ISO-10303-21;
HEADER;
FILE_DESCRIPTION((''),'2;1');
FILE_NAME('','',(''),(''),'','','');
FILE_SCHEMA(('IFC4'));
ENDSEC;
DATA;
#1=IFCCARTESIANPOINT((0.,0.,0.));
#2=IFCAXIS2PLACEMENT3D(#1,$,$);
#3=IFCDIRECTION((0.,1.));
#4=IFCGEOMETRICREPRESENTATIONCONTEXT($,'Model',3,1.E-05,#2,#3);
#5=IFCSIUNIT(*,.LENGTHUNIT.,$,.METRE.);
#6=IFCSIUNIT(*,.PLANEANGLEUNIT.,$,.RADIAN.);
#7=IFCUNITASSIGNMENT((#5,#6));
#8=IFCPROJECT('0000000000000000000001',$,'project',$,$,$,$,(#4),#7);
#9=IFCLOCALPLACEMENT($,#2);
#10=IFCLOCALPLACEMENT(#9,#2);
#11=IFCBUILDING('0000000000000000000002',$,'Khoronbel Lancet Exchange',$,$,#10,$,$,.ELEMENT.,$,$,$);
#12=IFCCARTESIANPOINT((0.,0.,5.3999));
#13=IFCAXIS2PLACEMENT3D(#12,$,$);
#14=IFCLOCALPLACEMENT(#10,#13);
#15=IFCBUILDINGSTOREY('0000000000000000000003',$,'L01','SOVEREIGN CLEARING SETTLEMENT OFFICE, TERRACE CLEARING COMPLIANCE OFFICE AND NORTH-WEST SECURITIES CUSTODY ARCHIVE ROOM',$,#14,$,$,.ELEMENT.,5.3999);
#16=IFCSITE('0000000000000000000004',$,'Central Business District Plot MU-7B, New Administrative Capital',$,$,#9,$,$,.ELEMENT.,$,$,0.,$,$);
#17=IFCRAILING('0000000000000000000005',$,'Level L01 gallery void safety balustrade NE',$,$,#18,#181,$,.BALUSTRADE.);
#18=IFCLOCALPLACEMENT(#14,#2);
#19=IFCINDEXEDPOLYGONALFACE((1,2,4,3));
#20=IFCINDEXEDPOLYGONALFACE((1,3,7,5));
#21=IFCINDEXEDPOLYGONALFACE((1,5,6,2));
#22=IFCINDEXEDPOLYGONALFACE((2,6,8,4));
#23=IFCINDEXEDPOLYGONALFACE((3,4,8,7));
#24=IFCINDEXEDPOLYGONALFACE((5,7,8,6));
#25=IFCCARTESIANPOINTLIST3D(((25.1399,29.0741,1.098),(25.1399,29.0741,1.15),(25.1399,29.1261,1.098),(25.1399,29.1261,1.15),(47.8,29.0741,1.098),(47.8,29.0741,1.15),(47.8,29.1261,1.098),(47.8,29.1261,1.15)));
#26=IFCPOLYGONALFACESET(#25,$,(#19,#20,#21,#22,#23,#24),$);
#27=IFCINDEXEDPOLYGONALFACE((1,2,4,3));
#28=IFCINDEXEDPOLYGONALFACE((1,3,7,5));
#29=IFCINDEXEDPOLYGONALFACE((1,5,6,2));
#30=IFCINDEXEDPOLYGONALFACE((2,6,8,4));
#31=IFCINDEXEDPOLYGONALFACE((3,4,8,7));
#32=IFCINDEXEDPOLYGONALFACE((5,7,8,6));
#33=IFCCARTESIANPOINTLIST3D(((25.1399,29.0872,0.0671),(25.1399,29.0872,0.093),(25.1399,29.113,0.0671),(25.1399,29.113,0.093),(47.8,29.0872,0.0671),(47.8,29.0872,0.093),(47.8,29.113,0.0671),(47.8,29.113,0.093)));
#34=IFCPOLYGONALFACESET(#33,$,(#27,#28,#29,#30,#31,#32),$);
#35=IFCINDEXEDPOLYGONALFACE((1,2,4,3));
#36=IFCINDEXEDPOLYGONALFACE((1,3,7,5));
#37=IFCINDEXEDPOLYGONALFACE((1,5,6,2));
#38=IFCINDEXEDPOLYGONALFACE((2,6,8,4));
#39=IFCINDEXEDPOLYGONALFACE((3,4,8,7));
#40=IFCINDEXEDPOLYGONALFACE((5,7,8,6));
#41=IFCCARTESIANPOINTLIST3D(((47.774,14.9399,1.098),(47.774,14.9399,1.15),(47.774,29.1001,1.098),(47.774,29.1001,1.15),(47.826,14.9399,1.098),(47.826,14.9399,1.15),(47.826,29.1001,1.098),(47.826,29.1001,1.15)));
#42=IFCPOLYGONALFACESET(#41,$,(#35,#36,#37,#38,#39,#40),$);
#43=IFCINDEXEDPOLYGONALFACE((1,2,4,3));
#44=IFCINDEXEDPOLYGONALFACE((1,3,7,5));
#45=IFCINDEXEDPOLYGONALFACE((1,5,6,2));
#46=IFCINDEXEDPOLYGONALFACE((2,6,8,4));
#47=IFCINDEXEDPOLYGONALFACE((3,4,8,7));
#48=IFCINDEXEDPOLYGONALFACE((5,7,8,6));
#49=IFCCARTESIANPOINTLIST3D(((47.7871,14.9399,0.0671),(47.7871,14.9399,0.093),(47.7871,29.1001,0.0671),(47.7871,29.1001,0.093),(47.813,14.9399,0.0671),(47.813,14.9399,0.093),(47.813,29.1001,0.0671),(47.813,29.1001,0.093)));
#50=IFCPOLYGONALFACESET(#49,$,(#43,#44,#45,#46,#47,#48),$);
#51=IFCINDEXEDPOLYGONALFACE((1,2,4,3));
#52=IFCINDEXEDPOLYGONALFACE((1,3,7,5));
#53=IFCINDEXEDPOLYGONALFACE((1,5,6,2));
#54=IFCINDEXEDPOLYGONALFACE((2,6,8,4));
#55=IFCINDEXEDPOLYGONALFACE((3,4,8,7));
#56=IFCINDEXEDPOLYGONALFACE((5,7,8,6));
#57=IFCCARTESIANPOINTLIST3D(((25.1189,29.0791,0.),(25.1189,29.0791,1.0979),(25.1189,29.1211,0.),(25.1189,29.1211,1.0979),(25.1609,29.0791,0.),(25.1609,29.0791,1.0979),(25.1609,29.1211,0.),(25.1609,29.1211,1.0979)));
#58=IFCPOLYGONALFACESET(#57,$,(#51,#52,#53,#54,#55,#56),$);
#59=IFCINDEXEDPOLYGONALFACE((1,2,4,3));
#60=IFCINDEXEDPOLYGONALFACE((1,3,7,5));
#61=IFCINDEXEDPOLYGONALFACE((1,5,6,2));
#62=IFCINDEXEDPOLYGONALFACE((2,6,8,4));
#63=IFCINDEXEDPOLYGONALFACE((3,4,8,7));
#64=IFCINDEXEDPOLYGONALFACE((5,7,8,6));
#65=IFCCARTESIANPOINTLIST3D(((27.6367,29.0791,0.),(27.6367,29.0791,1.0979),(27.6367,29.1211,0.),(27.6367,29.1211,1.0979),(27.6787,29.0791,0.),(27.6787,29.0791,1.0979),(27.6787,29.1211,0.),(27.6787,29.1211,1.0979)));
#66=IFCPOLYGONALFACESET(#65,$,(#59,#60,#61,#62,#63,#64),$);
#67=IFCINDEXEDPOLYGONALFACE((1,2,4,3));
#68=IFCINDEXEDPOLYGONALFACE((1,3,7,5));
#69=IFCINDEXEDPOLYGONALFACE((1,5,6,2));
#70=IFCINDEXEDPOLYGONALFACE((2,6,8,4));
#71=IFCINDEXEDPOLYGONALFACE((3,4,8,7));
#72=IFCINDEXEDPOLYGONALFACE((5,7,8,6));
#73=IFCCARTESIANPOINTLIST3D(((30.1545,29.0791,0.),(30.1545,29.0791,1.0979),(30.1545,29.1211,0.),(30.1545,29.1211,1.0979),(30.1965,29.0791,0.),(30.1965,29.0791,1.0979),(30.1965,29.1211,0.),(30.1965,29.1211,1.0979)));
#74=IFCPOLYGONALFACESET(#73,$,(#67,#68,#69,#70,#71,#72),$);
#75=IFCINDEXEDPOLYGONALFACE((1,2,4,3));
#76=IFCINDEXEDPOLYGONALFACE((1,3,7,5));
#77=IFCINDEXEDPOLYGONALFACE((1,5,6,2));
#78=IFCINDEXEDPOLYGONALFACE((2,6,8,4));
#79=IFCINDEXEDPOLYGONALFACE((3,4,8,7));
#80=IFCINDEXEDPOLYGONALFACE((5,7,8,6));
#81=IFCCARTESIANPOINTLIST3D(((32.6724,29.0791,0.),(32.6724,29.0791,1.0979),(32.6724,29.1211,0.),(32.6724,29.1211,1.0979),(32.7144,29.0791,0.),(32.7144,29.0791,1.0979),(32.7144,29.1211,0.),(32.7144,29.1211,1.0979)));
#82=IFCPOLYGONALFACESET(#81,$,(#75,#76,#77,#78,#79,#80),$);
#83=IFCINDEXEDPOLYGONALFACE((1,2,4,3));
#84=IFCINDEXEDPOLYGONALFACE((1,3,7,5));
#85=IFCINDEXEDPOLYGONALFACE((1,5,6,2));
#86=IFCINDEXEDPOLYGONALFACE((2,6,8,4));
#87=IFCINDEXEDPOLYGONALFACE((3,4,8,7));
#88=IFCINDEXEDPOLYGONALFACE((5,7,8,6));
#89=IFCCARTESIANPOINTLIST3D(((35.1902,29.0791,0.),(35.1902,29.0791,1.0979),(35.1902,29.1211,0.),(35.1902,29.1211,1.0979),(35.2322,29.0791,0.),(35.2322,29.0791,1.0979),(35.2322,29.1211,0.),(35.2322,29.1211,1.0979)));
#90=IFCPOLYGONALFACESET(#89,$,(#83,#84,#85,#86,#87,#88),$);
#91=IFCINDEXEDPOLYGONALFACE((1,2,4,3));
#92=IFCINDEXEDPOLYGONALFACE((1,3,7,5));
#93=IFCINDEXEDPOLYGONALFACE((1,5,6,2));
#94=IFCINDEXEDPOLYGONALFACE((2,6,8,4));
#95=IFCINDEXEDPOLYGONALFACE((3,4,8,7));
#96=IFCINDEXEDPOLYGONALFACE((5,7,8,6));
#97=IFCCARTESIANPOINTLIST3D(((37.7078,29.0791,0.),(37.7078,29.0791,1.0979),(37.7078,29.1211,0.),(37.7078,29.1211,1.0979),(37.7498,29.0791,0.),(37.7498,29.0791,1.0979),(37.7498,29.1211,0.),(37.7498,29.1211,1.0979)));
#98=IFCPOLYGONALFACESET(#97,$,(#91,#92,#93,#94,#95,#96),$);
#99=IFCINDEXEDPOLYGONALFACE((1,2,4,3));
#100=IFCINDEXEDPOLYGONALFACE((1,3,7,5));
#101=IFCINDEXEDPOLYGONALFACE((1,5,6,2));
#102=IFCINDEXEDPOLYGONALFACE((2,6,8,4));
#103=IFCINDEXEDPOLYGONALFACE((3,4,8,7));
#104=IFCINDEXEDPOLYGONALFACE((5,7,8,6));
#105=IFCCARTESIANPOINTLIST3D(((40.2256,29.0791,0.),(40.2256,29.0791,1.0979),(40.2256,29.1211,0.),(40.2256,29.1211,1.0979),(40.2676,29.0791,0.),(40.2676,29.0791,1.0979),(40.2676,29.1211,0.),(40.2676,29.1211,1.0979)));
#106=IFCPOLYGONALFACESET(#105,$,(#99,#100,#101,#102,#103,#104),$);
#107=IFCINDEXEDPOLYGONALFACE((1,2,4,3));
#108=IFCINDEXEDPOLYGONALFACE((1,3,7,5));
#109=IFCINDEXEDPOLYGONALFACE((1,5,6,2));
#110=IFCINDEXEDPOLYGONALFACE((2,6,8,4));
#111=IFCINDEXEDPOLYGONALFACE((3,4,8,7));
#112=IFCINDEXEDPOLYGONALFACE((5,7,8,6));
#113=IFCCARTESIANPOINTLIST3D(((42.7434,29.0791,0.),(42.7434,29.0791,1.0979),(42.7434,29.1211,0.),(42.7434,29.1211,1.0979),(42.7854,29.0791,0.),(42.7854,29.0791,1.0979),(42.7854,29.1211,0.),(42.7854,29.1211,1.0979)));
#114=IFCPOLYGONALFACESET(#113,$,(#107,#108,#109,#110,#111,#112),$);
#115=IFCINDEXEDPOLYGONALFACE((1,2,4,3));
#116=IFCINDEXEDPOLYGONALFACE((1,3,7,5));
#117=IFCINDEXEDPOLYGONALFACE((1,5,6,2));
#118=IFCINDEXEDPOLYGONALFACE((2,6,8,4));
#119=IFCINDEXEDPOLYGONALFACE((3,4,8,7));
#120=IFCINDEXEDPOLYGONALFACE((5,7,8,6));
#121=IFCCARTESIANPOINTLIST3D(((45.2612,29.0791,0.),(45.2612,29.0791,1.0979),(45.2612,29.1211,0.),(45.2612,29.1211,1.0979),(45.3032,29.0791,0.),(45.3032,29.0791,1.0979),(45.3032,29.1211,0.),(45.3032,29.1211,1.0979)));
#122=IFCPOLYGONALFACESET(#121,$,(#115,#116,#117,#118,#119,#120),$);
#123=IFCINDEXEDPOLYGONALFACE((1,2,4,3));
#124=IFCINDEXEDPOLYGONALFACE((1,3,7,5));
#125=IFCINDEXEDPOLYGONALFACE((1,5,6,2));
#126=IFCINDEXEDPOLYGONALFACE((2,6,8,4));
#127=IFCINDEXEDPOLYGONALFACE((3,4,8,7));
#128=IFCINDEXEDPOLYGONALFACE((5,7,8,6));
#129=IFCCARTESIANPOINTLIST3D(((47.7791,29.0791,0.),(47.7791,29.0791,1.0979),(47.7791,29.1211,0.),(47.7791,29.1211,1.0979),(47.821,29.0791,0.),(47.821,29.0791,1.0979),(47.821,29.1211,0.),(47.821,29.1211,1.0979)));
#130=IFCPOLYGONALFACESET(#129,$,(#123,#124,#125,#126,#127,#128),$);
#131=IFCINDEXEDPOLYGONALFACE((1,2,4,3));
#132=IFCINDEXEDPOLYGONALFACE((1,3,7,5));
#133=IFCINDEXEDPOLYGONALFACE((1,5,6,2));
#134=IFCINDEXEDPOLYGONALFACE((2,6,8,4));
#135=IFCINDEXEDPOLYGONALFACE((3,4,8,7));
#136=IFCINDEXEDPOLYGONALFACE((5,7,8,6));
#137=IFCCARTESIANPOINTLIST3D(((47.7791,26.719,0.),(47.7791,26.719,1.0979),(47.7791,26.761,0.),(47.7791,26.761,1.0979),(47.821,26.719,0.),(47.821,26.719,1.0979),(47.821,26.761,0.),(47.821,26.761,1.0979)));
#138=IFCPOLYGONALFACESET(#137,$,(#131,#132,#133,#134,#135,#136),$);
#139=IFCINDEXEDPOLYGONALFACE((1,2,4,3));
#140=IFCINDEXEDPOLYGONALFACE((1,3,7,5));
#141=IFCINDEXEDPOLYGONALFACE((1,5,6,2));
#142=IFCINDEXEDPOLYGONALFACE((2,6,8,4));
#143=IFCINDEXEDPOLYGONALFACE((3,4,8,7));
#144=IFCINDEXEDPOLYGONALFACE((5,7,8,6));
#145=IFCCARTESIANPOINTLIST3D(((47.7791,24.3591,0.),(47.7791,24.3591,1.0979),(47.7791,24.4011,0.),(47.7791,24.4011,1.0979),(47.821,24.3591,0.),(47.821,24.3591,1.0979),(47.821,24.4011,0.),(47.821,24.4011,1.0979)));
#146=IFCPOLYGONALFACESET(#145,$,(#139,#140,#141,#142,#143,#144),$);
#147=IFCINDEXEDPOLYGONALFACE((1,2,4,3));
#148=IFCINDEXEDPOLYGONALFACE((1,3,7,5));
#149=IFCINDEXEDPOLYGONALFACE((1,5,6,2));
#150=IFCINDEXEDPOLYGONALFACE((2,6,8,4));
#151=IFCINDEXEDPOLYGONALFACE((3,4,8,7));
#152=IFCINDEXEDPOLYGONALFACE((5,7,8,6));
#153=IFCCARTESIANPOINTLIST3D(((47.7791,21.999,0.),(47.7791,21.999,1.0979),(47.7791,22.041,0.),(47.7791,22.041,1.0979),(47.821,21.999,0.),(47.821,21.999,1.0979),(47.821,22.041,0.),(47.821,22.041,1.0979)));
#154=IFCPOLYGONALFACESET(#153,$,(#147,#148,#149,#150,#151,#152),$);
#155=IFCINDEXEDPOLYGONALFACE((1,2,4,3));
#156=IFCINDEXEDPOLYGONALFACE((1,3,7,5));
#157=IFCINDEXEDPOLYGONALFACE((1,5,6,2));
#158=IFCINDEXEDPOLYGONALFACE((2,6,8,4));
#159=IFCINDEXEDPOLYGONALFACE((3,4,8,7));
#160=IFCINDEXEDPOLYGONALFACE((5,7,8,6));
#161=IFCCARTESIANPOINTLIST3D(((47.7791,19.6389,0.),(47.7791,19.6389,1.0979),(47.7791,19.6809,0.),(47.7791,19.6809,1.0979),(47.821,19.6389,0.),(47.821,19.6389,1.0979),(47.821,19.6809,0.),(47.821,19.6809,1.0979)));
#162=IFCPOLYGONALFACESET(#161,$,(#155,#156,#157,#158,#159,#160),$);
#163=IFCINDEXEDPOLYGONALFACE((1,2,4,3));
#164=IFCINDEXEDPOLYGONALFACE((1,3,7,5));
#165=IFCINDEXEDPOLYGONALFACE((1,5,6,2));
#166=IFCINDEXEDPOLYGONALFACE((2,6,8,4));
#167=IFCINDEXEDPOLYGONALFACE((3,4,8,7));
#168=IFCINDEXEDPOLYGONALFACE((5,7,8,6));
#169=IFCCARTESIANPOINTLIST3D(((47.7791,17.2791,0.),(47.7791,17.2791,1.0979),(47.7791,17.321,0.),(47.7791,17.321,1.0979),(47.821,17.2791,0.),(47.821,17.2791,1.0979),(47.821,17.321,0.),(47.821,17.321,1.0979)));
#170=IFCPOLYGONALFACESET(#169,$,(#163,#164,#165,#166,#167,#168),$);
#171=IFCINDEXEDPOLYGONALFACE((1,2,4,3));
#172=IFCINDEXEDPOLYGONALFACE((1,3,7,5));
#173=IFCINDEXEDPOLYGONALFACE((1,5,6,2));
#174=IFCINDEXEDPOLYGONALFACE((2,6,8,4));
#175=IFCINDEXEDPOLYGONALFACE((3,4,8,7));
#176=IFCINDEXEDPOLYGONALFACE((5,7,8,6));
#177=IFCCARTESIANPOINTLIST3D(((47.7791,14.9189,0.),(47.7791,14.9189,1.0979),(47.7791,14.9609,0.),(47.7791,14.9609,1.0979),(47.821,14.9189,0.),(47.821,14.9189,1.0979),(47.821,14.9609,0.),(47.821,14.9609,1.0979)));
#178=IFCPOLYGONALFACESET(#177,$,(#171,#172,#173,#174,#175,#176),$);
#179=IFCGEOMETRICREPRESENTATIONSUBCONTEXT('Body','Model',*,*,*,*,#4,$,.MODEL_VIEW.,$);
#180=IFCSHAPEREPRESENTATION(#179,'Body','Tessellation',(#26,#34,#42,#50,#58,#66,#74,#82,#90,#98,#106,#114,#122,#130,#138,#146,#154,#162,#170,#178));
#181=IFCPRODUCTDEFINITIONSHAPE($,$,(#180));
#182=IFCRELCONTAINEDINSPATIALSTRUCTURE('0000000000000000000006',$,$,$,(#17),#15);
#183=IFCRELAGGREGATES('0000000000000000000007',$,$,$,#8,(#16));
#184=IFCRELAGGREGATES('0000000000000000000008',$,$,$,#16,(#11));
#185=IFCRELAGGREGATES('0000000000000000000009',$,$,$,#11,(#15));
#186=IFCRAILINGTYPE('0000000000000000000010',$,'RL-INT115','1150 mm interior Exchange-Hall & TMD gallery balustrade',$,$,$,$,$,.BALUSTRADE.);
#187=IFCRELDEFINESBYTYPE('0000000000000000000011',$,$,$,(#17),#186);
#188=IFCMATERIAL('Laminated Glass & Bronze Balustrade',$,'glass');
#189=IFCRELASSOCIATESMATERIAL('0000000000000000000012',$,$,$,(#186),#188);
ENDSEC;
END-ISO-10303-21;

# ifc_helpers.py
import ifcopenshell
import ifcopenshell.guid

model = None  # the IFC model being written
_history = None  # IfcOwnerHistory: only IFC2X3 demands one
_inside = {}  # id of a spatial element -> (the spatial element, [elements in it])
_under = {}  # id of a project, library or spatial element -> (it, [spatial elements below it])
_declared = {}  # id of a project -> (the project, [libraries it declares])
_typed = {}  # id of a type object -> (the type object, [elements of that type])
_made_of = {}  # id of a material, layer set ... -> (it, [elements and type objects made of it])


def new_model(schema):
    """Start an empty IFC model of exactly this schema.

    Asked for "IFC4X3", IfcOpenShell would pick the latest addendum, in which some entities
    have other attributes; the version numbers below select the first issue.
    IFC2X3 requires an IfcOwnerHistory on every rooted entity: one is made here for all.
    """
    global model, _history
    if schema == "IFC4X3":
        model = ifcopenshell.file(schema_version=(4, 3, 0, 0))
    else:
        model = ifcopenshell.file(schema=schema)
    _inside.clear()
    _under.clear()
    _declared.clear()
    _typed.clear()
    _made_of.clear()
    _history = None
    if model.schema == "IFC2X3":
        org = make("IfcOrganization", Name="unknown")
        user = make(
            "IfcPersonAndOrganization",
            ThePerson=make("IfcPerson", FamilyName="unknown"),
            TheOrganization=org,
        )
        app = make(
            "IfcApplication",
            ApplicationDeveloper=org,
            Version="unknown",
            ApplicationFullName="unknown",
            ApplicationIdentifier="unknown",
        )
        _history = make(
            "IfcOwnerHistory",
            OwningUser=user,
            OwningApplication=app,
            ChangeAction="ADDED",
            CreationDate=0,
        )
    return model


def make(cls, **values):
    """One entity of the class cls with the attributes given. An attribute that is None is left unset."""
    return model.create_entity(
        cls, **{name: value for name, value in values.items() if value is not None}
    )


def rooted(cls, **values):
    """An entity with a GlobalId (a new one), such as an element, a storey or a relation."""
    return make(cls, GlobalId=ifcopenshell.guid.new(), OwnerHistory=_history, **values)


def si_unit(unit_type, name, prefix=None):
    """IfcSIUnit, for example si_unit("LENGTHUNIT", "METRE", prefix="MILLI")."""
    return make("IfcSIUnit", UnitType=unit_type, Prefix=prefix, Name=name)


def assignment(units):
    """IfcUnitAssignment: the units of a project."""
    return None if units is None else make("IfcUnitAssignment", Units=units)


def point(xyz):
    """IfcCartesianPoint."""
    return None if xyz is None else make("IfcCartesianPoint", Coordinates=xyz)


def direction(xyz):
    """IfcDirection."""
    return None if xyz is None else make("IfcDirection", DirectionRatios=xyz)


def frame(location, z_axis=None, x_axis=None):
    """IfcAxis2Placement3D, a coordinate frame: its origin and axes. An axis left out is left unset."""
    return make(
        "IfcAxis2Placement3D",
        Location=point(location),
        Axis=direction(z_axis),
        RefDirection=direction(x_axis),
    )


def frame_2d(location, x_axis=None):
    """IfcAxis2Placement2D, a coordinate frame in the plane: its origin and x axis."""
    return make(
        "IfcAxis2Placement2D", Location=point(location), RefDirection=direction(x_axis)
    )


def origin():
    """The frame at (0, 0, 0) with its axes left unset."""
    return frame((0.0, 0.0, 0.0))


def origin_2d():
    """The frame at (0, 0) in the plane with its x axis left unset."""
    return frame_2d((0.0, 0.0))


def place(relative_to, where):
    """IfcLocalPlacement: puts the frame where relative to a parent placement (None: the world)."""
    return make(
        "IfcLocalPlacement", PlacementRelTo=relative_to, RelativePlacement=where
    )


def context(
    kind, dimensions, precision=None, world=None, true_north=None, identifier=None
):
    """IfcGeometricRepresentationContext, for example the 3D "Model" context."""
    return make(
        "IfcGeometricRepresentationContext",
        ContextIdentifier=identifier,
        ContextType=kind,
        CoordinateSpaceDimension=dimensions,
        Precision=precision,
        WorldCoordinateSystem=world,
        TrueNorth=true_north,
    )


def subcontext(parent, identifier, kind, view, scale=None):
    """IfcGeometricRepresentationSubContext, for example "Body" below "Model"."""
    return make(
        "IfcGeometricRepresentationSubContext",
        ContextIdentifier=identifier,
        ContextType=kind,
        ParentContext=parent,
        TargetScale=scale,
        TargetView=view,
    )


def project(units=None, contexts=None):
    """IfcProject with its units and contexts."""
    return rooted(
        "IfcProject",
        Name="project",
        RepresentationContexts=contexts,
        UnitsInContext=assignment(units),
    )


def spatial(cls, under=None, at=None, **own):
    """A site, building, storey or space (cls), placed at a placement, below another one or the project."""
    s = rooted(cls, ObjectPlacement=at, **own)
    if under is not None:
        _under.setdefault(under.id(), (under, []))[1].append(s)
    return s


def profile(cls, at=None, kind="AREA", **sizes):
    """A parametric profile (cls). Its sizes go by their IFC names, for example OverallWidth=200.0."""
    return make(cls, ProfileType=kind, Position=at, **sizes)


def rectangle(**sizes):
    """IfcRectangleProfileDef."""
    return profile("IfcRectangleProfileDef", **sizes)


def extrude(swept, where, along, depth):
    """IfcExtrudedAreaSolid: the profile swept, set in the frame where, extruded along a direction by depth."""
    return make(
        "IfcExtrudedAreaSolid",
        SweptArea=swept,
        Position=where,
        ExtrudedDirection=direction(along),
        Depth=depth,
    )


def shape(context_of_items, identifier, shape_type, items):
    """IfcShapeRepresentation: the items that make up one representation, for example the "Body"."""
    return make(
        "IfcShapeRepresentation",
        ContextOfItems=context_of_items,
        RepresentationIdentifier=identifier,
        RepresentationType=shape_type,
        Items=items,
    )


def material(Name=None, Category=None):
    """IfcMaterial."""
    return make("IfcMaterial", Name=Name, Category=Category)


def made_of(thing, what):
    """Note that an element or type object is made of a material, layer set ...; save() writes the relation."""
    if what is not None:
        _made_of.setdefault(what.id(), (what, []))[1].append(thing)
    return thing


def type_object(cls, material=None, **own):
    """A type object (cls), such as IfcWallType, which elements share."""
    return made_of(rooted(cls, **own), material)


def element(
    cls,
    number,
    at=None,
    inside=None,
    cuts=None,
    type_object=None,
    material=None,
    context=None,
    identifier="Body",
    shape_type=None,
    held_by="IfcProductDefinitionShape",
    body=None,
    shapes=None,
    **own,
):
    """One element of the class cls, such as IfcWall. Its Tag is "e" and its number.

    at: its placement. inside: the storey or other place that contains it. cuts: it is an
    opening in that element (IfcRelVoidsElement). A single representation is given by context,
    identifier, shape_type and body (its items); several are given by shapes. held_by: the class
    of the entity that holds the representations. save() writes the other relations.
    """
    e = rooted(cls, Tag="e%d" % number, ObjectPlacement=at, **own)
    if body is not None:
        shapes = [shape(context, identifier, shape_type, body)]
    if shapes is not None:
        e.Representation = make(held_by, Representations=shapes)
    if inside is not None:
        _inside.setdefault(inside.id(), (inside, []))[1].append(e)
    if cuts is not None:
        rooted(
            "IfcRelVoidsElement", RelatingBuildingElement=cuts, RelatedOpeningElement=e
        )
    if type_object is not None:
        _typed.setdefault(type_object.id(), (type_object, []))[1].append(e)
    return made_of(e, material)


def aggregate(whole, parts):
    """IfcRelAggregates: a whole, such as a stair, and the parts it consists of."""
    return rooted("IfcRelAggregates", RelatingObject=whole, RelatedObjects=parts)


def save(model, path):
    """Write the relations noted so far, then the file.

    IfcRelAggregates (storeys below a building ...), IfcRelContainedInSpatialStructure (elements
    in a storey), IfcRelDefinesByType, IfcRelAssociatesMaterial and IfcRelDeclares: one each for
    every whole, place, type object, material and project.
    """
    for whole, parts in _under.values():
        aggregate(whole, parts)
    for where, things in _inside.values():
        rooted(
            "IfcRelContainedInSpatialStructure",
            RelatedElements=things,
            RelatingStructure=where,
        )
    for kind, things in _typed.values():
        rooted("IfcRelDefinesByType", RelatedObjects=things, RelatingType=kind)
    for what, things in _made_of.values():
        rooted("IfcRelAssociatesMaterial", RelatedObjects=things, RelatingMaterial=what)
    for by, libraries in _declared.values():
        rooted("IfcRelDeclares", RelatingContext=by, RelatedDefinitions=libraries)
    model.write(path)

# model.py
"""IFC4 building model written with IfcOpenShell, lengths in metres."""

from ifc_helpers import new_model, si_unit, direction, frame, origin, origin_2d, place, context, subcontext, project, spatial, rectangle, extrude, material, type_object, element, save


model = new_model("IFC4")

# Units and contexts
model_context = context("Model", 3, precision=1e-05, world=origin(), true_north=direction((0.0, 1.0)))
body_context = subcontext(model_context, "Body", "Model", "MODEL_VIEW")
ifc_project = project(units=[si_unit("LENGTHUNIT", "METRE"), si_unit("PLANEANGLEUNIT", "RADIAN")], contexts=[model_context])

# Site, building, storey
site_placement = place(None, origin())
site = spatial("IfcSite", under=ifc_project, at=site_placement, Name="Central Business District Plot MU-7B, New Administrative Capital", CompositionType="ELEMENT", RefElevation=0.0)
building_placement = place(site_placement, origin())
building = spatial("IfcBuilding", under=site, at=building_placement, Name="Khoronbel Lancet Exchange", CompositionType="ELEMENT")
storey_placement = place(building_placement, frame((0.0, 0.0, 5.3999)))
storey = spatial("IfcBuildingStorey", under=building, at=storey_placement, Name="L01", Description="SOVEREIGN CLEARING SETTLEMENT OFFICE, TERRACE CLEARING COMPLIANCE OFFICE AND NORTH-WEST SECURITIES CUSTODY ARCHIVE ROOM", CompositionType="ELEMENT", Elevation=5.3999)

# Railing
ifc_material_1 = material(Name="Laminated Glass & Bronze Balustrade", Category="glass")
railing_type = type_object("IfcRailingType", Name="RL-INT115", Description="1150 mm interior Exchange-Hall & TMD gallery balustrade", PredefinedType="BALUSTRADE", material=ifc_material_1)
railing_1_placement = place(storey_placement, frame((25.1399, 29.1001, 0.0)))
element("IfcRailing", 1, at=railing_1_placement, inside=storey, type_object=railing_type, Name="Level L01 gallery void safety balustrade NE", PredefinedType="BALUSTRADE", context=body_context, shape_type="SweptSolid", body=[
    extrude(rectangle(XDim=0.052, YDim=0.052, at=origin_2d()), frame((0.0, 0.0, 1.124), z_axis=(1.0, 0.0, 0.0), x_axis=(0.0, 1.0, 0.0)), (0.0, 0.0, 1.0), 22.6602),
    extrude(rectangle(XDim=0.0259, YDim=0.0259, at=origin_2d()), frame((0.0, 0.0, 0.0801), z_axis=(1.0, 0.0, 0.0), x_axis=(0.0, 1.0, 0.0)), (0.0, 0.0, 1.0), 22.6602),
    extrude(rectangle(XDim=0.052, YDim=0.052, at=origin_2d()), frame((22.6602, 0.0, 1.124), z_axis=(0.0, -1.0, 0.0), x_axis=(1.0, 0.0, 0.0)), (0.0, 0.0, 1.0), 14.1602),
    extrude(rectangle(XDim=0.0259, YDim=0.0259, at=origin_2d()), frame((22.6602, 0.0, 0.0801), z_axis=(0.0, -1.0, 0.0), x_axis=(1.0, 0.0, 0.0)), (0.0, 0.0, 1.0), 14.1602),
    extrude(rectangle(XDim=0.042, YDim=0.042, at=origin_2d()), origin(), (0.0, 0.0, 1.0), 1.0979),
    extrude(rectangle(XDim=0.042, YDim=0.042, at=origin_2d()), frame((2.5178, 0.0, 0.0)), (0.0, 0.0, 1.0), 1.0979),
    extrude(rectangle(XDim=0.042, YDim=0.042, at=origin_2d()), frame((5.0356, 0.0, 0.0)), (0.0, 0.0, 1.0), 1.0979),
    extrude(rectangle(XDim=0.042, YDim=0.042, at=origin_2d()), frame((7.5535, 0.0, 0.0)), (0.0, 0.0, 1.0), 1.0979),
    extrude(rectangle(XDim=0.042, YDim=0.042, at=origin_2d()), frame((10.0713, 0.0, 0.0)), (0.0, 0.0, 1.0), 1.0979),
    extrude(rectangle(XDim=0.042, YDim=0.042, at=origin_2d()), frame((12.5889, 0.0, 0.0)), (0.0, 0.0, 1.0), 1.0979),
    extrude(rectangle(XDim=0.042, YDim=0.042, at=origin_2d()), frame((15.1067, 0.0, 0.0)), (0.0, 0.0, 1.0), 1.0979),
    extrude(rectangle(XDim=0.042, YDim=0.042, at=origin_2d()), frame((17.6245, 0.0, 0.0)), (0.0, 0.0, 1.0), 1.0979),
    extrude(rectangle(XDim=0.042, YDim=0.042, at=origin_2d()), frame((20.1423, 0.0, 0.0)), (0.0, 0.0, 1.0), 1.0979),
    extrude(rectangle(XDim=0.042, YDim=0.042, at=origin_2d()), frame((22.6602, 0.0, 0.0)), (0.0, 0.0, 1.0), 1.0979),
    extrude(rectangle(XDim=0.042, YDim=0.042, at=origin_2d()), frame((22.6602, -2.3601, 0.0)), (0.0, 0.0, 1.0), 1.0979),
    extrude(rectangle(XDim=0.042, YDim=0.042, at=origin_2d()), frame((22.6602, -4.72, 0.0)), (0.0, 0.0, 1.0), 1.0979),
    extrude(rectangle(XDim=0.042, YDim=0.042, at=origin_2d()), frame((22.6602, -7.0801, 0.0)), (0.0, 0.0, 1.0), 1.0979),
    extrude(rectangle(XDim=0.042, YDim=0.042, at=origin_2d()), frame((22.6602, -9.4402, 0.0)), (0.0, 0.0, 1.0), 1.0979),
    extrude(rectangle(XDim=0.042, YDim=0.042, at=origin_2d()), frame((22.6602, -11.8, 0.0)), (0.0, 0.0, 1.0), 1.0979),
    extrude(rectangle(XDim=0.042, YDim=0.042, at=origin_2d()), frame((22.6602, -14.1602, 0.0)), (0.0, 0.0, 1.0), 1.0979),
])

save(model, "model.ifc")
